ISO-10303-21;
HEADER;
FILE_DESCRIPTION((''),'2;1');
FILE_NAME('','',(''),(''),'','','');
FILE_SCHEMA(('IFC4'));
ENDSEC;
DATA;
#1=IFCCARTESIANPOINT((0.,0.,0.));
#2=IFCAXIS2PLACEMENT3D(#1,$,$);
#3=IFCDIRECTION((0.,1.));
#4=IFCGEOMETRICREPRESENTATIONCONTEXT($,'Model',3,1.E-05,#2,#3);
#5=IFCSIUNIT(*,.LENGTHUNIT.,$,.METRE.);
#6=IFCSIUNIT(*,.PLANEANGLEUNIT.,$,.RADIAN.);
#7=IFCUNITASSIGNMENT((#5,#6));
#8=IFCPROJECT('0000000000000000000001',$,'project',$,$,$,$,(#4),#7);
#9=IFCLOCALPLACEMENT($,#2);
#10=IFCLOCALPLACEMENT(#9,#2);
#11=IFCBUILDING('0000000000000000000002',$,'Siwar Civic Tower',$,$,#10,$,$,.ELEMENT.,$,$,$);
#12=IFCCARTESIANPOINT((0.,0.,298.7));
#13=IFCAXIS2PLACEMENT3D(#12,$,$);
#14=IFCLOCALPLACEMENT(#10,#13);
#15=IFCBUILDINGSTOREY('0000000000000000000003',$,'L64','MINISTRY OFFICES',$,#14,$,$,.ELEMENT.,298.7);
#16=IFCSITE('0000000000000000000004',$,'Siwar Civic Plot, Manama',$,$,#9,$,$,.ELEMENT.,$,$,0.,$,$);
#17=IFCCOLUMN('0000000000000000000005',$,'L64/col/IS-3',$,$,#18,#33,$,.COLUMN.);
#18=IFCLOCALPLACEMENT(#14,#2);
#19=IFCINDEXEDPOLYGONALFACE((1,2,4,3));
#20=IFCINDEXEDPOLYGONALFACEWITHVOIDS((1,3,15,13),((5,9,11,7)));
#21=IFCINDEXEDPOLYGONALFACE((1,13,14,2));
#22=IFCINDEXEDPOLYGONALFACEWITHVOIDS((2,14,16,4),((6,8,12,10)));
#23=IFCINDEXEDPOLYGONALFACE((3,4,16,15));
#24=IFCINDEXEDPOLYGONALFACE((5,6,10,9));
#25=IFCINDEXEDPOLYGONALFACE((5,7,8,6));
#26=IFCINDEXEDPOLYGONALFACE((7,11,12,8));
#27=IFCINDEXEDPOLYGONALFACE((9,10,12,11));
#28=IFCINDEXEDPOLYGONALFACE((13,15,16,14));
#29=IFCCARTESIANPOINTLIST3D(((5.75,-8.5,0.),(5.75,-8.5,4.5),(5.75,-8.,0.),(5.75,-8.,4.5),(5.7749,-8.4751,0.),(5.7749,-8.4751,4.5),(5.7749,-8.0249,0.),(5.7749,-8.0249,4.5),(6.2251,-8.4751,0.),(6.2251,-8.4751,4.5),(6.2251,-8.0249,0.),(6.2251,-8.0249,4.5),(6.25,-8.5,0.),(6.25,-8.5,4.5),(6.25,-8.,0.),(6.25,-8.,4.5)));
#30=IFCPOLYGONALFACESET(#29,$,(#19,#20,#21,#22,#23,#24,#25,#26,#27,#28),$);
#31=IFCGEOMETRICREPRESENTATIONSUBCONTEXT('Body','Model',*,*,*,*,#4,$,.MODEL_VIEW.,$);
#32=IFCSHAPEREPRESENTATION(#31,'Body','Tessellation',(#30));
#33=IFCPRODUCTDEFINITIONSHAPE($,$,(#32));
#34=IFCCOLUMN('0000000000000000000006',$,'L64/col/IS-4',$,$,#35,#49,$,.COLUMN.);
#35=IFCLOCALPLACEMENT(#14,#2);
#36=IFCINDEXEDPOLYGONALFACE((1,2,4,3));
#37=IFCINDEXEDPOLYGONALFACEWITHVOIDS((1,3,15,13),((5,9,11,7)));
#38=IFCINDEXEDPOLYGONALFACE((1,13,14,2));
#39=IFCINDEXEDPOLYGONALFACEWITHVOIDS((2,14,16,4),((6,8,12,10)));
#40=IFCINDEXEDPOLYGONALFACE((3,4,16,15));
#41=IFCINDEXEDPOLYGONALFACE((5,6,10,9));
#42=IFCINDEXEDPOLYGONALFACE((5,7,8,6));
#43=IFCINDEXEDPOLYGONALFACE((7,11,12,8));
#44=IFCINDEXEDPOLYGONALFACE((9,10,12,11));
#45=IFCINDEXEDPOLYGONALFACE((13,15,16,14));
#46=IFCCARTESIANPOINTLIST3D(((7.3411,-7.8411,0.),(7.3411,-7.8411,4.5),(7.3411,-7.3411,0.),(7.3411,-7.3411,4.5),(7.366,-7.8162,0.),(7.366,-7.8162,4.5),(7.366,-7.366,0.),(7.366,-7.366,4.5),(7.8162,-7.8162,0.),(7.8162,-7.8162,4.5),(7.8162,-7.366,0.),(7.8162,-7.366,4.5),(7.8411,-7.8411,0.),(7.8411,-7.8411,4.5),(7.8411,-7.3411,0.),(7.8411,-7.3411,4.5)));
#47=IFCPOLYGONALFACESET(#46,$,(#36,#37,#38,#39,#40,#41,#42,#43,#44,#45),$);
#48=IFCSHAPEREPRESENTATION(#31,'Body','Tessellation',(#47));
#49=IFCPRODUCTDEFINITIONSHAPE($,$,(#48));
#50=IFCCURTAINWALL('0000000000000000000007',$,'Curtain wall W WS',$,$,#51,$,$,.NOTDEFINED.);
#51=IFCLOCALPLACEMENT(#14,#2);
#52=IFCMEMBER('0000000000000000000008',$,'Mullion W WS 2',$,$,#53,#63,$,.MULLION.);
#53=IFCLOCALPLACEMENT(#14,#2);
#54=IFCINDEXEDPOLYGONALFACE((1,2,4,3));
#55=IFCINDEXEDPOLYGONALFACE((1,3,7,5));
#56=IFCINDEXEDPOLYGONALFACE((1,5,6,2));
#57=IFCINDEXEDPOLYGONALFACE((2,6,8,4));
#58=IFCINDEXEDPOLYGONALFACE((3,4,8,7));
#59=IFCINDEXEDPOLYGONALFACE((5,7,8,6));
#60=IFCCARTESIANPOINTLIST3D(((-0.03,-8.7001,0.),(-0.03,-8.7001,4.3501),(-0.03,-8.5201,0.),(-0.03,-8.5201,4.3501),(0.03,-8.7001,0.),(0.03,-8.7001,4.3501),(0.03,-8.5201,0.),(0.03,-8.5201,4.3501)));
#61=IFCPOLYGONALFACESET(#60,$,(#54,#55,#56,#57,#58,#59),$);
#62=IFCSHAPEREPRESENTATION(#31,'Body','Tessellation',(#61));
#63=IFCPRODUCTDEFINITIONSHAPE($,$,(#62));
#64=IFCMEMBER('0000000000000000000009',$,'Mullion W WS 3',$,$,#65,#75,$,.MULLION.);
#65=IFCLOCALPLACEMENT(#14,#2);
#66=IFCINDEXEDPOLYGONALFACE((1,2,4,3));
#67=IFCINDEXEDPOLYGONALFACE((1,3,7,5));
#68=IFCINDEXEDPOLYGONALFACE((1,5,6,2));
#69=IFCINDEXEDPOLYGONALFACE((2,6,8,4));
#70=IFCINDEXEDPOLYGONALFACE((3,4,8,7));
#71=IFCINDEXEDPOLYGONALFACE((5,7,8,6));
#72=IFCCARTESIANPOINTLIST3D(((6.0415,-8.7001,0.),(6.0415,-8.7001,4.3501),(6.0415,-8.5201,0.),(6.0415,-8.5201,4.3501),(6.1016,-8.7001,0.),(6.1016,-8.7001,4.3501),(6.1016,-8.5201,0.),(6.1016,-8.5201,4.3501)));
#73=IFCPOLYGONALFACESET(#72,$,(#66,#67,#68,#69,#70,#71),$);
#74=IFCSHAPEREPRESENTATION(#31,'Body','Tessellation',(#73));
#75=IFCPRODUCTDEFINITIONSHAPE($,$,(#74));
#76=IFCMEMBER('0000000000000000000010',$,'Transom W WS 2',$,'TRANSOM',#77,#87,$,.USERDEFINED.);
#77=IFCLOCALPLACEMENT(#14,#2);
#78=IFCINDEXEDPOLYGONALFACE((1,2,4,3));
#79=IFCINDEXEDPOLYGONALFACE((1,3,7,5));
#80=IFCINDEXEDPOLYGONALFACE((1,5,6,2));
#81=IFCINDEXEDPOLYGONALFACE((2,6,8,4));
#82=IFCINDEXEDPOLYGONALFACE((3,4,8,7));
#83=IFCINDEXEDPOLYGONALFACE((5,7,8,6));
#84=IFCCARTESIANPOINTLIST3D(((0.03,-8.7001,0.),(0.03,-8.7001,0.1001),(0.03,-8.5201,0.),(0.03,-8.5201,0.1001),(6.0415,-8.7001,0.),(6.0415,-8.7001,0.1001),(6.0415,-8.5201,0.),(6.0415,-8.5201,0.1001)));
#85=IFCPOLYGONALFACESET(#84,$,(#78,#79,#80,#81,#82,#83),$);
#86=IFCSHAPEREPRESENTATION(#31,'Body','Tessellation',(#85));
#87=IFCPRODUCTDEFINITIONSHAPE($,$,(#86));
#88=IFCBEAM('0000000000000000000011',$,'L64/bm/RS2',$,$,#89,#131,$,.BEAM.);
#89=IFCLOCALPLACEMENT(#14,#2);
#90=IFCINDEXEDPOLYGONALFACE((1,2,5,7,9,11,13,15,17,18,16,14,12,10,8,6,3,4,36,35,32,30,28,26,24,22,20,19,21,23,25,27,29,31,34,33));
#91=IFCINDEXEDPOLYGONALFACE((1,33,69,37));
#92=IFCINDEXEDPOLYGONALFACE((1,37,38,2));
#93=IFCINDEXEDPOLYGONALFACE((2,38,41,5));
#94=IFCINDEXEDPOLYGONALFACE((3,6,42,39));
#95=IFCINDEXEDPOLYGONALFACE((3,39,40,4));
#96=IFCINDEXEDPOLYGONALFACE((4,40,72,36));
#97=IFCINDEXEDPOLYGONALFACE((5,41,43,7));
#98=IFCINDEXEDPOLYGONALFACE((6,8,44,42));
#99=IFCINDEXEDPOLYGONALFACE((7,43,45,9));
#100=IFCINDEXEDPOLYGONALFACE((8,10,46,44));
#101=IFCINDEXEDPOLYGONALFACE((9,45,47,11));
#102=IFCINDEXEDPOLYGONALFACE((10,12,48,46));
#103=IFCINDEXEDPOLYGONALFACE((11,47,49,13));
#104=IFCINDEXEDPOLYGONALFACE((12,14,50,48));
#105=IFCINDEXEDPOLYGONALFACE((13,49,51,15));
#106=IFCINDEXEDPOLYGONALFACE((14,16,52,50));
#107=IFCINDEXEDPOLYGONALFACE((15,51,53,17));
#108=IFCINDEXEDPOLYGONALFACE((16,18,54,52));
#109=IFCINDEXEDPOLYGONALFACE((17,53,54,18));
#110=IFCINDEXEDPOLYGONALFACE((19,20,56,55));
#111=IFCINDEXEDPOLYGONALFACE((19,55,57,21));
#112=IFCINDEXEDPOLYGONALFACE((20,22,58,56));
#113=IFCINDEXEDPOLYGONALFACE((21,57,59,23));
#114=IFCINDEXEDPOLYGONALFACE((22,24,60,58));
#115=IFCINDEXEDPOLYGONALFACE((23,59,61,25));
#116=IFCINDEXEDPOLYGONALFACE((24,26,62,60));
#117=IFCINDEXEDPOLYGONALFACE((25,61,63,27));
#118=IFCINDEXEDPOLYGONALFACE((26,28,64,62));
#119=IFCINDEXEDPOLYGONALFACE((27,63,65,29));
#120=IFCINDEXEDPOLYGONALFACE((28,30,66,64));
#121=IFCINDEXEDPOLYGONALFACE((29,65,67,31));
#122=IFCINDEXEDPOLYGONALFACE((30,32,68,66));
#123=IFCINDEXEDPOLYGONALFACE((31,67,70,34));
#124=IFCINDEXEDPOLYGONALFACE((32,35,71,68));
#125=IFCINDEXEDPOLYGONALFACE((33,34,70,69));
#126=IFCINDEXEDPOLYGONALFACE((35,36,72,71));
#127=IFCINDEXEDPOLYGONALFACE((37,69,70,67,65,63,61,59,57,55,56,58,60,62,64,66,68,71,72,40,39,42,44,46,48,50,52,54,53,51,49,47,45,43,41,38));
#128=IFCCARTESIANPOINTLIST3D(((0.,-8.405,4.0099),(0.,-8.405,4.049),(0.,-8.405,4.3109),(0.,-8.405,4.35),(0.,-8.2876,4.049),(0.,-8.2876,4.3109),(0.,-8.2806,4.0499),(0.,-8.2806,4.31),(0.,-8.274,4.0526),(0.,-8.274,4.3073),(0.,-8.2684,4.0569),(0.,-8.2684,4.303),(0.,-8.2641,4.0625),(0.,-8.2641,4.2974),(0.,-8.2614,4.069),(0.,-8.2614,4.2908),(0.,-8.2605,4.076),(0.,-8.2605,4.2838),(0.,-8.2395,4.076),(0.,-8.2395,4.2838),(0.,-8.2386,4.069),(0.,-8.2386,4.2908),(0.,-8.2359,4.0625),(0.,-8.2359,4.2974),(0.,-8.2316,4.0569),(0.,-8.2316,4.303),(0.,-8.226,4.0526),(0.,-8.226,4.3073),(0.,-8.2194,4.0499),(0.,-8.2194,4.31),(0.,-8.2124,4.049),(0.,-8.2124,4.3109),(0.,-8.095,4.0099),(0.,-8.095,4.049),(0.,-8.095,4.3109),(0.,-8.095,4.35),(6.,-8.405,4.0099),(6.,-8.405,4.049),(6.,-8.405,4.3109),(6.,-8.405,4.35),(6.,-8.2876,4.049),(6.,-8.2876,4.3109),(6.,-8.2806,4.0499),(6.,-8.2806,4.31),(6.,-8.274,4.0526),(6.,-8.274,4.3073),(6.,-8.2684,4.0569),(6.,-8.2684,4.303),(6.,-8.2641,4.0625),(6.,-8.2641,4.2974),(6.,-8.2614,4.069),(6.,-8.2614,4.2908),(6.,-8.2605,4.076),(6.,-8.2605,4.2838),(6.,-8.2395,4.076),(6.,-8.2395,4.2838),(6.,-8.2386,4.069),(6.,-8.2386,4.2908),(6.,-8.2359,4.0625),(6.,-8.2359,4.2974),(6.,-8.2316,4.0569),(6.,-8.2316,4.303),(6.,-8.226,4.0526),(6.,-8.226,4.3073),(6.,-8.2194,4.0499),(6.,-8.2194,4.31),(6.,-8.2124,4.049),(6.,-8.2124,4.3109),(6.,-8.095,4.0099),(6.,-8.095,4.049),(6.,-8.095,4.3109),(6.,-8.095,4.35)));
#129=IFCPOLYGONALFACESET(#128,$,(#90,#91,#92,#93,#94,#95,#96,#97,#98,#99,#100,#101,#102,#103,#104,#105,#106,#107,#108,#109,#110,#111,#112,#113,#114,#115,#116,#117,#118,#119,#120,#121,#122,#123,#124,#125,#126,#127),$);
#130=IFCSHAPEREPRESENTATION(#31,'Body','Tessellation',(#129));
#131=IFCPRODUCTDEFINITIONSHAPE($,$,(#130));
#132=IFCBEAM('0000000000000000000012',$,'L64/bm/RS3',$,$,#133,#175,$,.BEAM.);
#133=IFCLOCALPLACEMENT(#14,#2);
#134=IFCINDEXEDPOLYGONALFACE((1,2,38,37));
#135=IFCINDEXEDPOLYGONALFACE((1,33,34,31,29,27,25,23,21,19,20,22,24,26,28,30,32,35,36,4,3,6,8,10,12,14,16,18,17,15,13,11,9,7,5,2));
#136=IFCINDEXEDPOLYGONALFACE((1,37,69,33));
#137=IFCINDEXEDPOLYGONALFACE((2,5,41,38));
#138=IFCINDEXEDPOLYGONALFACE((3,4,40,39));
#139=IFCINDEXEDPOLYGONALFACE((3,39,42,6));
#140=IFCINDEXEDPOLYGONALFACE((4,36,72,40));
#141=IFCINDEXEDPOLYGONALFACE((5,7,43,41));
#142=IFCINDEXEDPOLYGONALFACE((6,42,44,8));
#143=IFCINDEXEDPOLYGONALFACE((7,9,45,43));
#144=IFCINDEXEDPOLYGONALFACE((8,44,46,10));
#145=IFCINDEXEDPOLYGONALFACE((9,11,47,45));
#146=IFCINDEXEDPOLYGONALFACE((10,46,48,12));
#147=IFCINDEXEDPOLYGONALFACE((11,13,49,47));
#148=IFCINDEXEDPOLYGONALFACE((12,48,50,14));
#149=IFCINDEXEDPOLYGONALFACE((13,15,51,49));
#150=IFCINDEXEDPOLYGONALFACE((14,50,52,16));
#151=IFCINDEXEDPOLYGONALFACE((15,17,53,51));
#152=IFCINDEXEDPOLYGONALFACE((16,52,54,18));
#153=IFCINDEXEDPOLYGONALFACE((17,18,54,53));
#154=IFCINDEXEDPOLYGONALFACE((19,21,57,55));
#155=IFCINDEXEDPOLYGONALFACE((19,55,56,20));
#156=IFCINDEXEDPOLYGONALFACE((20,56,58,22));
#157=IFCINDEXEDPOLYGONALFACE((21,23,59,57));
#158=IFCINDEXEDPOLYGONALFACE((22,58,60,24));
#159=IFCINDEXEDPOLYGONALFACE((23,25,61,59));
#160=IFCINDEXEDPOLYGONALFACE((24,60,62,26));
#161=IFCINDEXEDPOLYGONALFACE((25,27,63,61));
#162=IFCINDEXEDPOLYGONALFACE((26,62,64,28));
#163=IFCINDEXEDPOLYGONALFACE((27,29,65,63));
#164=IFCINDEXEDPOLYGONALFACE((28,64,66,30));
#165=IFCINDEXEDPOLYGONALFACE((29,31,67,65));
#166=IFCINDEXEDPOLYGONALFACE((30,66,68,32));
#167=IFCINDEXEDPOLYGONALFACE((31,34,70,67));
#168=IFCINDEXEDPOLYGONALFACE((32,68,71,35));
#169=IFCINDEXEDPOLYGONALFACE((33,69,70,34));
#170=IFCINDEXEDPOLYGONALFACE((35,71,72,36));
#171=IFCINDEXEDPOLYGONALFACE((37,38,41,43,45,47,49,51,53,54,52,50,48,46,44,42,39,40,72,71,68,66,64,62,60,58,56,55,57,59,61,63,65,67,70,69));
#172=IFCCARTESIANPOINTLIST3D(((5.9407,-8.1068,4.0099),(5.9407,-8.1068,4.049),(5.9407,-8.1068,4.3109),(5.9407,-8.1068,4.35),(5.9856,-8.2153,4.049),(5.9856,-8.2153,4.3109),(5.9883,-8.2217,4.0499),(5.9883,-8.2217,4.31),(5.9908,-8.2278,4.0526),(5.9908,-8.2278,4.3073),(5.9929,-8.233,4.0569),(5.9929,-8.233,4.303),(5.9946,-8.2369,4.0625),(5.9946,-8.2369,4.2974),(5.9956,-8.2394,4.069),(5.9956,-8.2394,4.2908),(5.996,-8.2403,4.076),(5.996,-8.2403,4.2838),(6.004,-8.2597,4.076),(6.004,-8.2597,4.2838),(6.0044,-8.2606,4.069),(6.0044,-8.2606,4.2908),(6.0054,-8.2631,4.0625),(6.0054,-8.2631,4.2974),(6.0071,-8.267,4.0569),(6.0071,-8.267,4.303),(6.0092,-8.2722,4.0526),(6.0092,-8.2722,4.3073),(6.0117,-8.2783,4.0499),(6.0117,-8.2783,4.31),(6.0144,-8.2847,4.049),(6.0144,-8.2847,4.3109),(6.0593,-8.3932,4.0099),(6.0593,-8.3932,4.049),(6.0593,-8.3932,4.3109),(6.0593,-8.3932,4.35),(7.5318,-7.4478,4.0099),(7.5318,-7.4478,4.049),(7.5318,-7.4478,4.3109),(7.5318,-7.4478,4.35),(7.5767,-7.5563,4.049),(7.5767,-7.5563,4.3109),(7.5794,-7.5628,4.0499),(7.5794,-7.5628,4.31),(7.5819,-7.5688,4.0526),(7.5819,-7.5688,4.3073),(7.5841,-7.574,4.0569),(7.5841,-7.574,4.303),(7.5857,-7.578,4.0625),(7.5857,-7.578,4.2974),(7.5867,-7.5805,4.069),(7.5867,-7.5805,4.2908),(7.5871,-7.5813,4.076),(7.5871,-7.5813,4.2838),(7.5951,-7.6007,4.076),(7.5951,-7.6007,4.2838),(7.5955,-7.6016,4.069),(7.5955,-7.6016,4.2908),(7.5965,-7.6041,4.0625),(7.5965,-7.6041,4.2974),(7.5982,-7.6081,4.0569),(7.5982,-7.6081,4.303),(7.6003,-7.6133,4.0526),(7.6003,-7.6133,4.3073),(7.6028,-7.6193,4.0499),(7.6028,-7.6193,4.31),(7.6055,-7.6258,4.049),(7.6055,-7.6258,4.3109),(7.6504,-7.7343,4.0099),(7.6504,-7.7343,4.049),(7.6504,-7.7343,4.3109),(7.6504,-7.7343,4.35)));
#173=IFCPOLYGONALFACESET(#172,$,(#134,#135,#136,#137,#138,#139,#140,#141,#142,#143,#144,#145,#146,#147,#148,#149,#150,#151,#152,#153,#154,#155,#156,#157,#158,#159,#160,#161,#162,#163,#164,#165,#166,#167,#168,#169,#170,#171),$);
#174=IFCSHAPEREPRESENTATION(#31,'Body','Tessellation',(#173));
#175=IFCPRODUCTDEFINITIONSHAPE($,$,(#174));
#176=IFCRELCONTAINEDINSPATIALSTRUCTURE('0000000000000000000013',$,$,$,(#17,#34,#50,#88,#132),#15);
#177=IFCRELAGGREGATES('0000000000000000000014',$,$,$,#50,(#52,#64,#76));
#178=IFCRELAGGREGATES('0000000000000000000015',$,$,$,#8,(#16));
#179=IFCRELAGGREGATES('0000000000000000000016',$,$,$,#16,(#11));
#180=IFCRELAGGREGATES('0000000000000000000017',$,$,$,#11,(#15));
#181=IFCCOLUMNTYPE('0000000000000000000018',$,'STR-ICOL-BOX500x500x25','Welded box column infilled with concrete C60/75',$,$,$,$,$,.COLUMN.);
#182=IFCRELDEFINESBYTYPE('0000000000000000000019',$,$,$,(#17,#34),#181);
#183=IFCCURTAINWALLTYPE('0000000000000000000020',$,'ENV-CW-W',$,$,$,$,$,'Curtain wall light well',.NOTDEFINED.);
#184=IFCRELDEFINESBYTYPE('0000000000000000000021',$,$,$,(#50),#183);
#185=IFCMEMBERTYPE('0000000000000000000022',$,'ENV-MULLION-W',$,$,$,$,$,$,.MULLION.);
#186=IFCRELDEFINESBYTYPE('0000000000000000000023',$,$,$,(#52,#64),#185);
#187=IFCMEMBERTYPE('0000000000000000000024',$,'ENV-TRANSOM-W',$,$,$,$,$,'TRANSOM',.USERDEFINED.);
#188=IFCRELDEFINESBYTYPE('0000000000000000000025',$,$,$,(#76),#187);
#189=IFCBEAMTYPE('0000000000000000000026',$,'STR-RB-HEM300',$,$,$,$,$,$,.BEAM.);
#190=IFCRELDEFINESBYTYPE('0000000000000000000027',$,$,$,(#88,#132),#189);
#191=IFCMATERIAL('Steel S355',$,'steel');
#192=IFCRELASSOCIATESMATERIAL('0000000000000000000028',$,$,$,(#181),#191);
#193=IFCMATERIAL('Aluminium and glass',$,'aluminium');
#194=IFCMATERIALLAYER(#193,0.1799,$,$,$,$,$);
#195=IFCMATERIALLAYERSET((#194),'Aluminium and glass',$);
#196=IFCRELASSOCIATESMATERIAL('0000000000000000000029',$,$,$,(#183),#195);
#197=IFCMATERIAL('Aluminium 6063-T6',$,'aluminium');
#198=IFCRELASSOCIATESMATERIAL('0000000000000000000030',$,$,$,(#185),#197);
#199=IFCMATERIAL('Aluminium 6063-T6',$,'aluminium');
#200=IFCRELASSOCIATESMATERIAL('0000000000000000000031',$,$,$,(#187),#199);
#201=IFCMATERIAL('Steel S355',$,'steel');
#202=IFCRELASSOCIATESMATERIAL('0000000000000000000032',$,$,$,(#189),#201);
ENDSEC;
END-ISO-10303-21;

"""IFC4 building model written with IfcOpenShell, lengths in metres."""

from ifc_helpers import new_model, si_unit, direction, frame, origin, origin_2d, place, context, subcontext, project, spatial, rectangle, hollow_rectangle, i_section, extrude, material, layer, layer_set, material_profile, profile_set, type_object, element, aggregate, save


model = new_model("IFC4")

# Units and contexts
model_context = context("Model", 3, precision=1e-05, world=origin(), true_north=direction((0.0, 1.0)))
body_context = subcontext(model_context, "Body", "Model", "MODEL_VIEW")
ifc_project = project(units=[si_unit("LENGTHUNIT", "METRE"), si_unit("PLANEANGLEUNIT", "RADIAN")], contexts=[model_context])

# Site, building, storey
site_placement = place(None, origin())
site = spatial("IfcSite", under=ifc_project, at=site_placement, Name="Siwar Civic Plot, Manama", CompositionType="ELEMENT", RefElevation=0.0)
building_placement = place(site_placement, origin())
building = spatial("IfcBuilding", under=site, at=building_placement, Name="Siwar Civic Tower", CompositionType="ELEMENT")
storey_placement = place(building_placement, frame((0.0, 0.0, 298.7)))
storey = spatial("IfcBuildingStorey", under=building, at=storey_placement, Name="L64", Description="MINISTRY OFFICES", CompositionType="ELEMENT", Elevation=298.7)

# Columns
ifc_material_1 = material(Name="Steel S355", Category="steel")
ifc_material_profile_1 = material_profile(ifc_material_1, hollow_rectangle(XDim=0.5, YDim=0.5, WallThickness=0.0249, at=origin_2d()), Name="BOX500x500x25")
ifc_profile_set_1 = profile_set([ifc_material_profile_1], Name="Steel S355")
column_type = type_object("IfcColumnType", Name="STR-ICOL-BOX500x500x25", Description="Welded box column infilled with concrete C60/75", PredefinedType="COLUMN", material=ifc_profile_set_1)
for number, where, z_axis, x_axis, name in (
    (1, (6.0, -8.25, 0.0), (0.0, 0.0, 1.0), (1.0, 0.0, 0.0), "L64/col/IS-3"),
    (2, (7.5911, -7.5911, 0.0), (0.0, 0.0, 1.0), (1.0, 0.0, 0.0), "L64/col/IS-4"),
):
    element("IfcColumn", number, at=place(storey_placement, frame(where, z_axis=z_axis, x_axis=x_axis)), inside=storey, type_object=column_type, Name=name, PredefinedType="COLUMN", context=body_context, shape_type="SweptSolid", body=[
        extrude(hollow_rectangle(XDim=0.5, YDim=0.5, WallThickness=0.0249, at=origin_2d()), origin(), (0.0, 0.0, 1.0), 4.5),
    ])

# Curtain wall, members
ifc_material_2 = material(Name="Aluminium and glass", Category="aluminium")
ifc_layer_1 = layer(ifc_material_2, 0.1799)
ifc_layer_set_1 = layer_set([ifc_layer_1], Name="Aluminium and glass")
curtain_wall_type = type_object("IfcCurtainWallType", Name="ENV-CW-W", ElementType="Curtain wall light well", PredefinedType="NOTDEFINED", material=ifc_layer_set_1)
curtain_wall_placement = place(storey_placement, origin())
curtain_wall = element("IfcCurtainWall", 3, at=curtain_wall_placement, inside=storey, type_object=curtain_wall_type, Name="Curtain wall W WS", PredefinedType="NOTDEFINED")
ifc_material_3 = material(Name="Aluminium 6063-T6", Category="aluminium")
ifc_material_profile_2 = material_profile(ifc_material_3, rectangle(XDim=0.1799, YDim=0.0601, at=origin_2d()), Name="AL 180x60")
ifc_profile_set_2 = profile_set([ifc_material_profile_2], Name="Aluminium 6063-T6")
member_type_1 = type_object("IfcMemberType", Name="ENV-MULLION-W", PredefinedType="MULLION", material=ifc_profile_set_2)
member_1_placement = place(storey_placement, frame((0.0, -8.6101, 0.0), z_axis=(0.0, 0.0, 1.0), x_axis=(0.0, 1.0, 0.0)))
member_1 = element("IfcMember", 4, at=member_1_placement, type_object=member_type_1, Name="Mullion W WS 2", PredefinedType="MULLION", context=body_context, shape_type="SweptSolid", body=[
    extrude(rectangle(XDim=0.1799, YDim=0.0601, at=origin_2d()), origin(), (0.0, 0.0, 1.0), 4.3501),
])
member_2_placement = place(storey_placement, frame((6.0715, -8.6101, 0.0), z_axis=(0.0, 0.0, 1.0), x_axis=(0.0, 1.0, 0.0)))
member_2 = element("IfcMember", 5, at=member_2_placement, type_object=member_type_1, Name="Mullion W WS 3", PredefinedType="MULLION", context=body_context, shape_type="SweptSolid", body=[
    extrude(rectangle(XDim=0.1799, YDim=0.0601, at=origin_2d()), origin(), (0.0, 0.0, 1.0), 4.3501),
])
ifc_material_4 = material(Name="Aluminium 6063-T6", Category="aluminium")
ifc_material_profile_3 = material_profile(ifc_material_4, rectangle(XDim=0.1799, YDim=0.1001, at=origin_2d()), Name="AL 180x100")
ifc_profile_set_3 = profile_set([ifc_material_profile_3], Name="Aluminium 6063-T6")
member_type_2 = type_object("IfcMemberType", Name="ENV-TRANSOM-W", ElementType="TRANSOM", PredefinedType="USERDEFINED", material=ifc_profile_set_3)
member_3_placement = place(storey_placement, frame((0.03, -8.6101, 0.05), z_axis=(1.0, 0.0, 0.0), x_axis=(0.0, 1.0, 0.0)))
member_3 = element("IfcMember", 6, at=member_3_placement, type_object=member_type_2, Name="Transom W WS 2", ObjectType="TRANSOM", PredefinedType="USERDEFINED", context=body_context, shape_type="SweptSolid", body=[
    extrude(rectangle(XDim=0.1799, YDim=0.1001, at=origin_2d()), origin(), (0.0, 0.0, 1.0), 6.0115),
])

# Beams
ifc_material_5 = material(Name="Steel S355", Category="steel")
ifc_material_profile_4 = material_profile(ifc_material_5, i_section(OverallWidth=0.3101, OverallDepth=0.3401, WebThickness=0.021, FlangeThickness=0.0391, FilletRadius=0.0271, at=origin_2d()), Name="HEM300")
ifc_profile_set_4 = profile_set([ifc_material_profile_4], Name="Steel S355")
beam_type = type_object("IfcBeamType", Name="STR-RB-HEM300", PredefinedType="BEAM", material=ifc_profile_set_4)
beam_placement = place(storey_placement, frame((0.0, -8.25, 4.1799), z_axis=(1.0, 0.0, 0.0), x_axis=(0.0, 1.0, 0.0)))
element("IfcBeam", 7, at=beam_placement, inside=storey, type_object=beam_type, Name="L64/bm/RS2", PredefinedType="BEAM", context=body_context, shape_type="SweptSolid", body=[
    extrude(i_section(OverallWidth=0.3101, OverallDepth=0.3401, WebThickness=0.021, FlangeThickness=0.0391, FilletRadius=0.0271, at=origin_2d()), origin(), (0.0, 0.0, 1.0), 6.0),
])
for number, where, z_axis, x_axis, name in (
    (8, (6.0, -8.25, 4.1799), (0.923901, 0.382631, 0.0), (-0.382631, 0.923901, 0.0), "L64/bm/RS3"),
):
    element("IfcBeam", number, at=place(storey_placement, frame(where, z_axis=z_axis, x_axis=x_axis)), inside=storey, type_object=beam_type, Name=name, PredefinedType="BEAM", context=body_context, shape_type="SweptSolid", body=[
        extrude(i_section(OverallWidth=0.3101, OverallDepth=0.3401, WebThickness=0.021, FlangeThickness=0.0391, FilletRadius=0.0271, at=origin_2d()), origin(), (0.0, 0.0, 1.0), 1.7222),
    ])

aggregate(curtain_wall, [member_1, member_2, member_3])

save(model, "model.ifc")
